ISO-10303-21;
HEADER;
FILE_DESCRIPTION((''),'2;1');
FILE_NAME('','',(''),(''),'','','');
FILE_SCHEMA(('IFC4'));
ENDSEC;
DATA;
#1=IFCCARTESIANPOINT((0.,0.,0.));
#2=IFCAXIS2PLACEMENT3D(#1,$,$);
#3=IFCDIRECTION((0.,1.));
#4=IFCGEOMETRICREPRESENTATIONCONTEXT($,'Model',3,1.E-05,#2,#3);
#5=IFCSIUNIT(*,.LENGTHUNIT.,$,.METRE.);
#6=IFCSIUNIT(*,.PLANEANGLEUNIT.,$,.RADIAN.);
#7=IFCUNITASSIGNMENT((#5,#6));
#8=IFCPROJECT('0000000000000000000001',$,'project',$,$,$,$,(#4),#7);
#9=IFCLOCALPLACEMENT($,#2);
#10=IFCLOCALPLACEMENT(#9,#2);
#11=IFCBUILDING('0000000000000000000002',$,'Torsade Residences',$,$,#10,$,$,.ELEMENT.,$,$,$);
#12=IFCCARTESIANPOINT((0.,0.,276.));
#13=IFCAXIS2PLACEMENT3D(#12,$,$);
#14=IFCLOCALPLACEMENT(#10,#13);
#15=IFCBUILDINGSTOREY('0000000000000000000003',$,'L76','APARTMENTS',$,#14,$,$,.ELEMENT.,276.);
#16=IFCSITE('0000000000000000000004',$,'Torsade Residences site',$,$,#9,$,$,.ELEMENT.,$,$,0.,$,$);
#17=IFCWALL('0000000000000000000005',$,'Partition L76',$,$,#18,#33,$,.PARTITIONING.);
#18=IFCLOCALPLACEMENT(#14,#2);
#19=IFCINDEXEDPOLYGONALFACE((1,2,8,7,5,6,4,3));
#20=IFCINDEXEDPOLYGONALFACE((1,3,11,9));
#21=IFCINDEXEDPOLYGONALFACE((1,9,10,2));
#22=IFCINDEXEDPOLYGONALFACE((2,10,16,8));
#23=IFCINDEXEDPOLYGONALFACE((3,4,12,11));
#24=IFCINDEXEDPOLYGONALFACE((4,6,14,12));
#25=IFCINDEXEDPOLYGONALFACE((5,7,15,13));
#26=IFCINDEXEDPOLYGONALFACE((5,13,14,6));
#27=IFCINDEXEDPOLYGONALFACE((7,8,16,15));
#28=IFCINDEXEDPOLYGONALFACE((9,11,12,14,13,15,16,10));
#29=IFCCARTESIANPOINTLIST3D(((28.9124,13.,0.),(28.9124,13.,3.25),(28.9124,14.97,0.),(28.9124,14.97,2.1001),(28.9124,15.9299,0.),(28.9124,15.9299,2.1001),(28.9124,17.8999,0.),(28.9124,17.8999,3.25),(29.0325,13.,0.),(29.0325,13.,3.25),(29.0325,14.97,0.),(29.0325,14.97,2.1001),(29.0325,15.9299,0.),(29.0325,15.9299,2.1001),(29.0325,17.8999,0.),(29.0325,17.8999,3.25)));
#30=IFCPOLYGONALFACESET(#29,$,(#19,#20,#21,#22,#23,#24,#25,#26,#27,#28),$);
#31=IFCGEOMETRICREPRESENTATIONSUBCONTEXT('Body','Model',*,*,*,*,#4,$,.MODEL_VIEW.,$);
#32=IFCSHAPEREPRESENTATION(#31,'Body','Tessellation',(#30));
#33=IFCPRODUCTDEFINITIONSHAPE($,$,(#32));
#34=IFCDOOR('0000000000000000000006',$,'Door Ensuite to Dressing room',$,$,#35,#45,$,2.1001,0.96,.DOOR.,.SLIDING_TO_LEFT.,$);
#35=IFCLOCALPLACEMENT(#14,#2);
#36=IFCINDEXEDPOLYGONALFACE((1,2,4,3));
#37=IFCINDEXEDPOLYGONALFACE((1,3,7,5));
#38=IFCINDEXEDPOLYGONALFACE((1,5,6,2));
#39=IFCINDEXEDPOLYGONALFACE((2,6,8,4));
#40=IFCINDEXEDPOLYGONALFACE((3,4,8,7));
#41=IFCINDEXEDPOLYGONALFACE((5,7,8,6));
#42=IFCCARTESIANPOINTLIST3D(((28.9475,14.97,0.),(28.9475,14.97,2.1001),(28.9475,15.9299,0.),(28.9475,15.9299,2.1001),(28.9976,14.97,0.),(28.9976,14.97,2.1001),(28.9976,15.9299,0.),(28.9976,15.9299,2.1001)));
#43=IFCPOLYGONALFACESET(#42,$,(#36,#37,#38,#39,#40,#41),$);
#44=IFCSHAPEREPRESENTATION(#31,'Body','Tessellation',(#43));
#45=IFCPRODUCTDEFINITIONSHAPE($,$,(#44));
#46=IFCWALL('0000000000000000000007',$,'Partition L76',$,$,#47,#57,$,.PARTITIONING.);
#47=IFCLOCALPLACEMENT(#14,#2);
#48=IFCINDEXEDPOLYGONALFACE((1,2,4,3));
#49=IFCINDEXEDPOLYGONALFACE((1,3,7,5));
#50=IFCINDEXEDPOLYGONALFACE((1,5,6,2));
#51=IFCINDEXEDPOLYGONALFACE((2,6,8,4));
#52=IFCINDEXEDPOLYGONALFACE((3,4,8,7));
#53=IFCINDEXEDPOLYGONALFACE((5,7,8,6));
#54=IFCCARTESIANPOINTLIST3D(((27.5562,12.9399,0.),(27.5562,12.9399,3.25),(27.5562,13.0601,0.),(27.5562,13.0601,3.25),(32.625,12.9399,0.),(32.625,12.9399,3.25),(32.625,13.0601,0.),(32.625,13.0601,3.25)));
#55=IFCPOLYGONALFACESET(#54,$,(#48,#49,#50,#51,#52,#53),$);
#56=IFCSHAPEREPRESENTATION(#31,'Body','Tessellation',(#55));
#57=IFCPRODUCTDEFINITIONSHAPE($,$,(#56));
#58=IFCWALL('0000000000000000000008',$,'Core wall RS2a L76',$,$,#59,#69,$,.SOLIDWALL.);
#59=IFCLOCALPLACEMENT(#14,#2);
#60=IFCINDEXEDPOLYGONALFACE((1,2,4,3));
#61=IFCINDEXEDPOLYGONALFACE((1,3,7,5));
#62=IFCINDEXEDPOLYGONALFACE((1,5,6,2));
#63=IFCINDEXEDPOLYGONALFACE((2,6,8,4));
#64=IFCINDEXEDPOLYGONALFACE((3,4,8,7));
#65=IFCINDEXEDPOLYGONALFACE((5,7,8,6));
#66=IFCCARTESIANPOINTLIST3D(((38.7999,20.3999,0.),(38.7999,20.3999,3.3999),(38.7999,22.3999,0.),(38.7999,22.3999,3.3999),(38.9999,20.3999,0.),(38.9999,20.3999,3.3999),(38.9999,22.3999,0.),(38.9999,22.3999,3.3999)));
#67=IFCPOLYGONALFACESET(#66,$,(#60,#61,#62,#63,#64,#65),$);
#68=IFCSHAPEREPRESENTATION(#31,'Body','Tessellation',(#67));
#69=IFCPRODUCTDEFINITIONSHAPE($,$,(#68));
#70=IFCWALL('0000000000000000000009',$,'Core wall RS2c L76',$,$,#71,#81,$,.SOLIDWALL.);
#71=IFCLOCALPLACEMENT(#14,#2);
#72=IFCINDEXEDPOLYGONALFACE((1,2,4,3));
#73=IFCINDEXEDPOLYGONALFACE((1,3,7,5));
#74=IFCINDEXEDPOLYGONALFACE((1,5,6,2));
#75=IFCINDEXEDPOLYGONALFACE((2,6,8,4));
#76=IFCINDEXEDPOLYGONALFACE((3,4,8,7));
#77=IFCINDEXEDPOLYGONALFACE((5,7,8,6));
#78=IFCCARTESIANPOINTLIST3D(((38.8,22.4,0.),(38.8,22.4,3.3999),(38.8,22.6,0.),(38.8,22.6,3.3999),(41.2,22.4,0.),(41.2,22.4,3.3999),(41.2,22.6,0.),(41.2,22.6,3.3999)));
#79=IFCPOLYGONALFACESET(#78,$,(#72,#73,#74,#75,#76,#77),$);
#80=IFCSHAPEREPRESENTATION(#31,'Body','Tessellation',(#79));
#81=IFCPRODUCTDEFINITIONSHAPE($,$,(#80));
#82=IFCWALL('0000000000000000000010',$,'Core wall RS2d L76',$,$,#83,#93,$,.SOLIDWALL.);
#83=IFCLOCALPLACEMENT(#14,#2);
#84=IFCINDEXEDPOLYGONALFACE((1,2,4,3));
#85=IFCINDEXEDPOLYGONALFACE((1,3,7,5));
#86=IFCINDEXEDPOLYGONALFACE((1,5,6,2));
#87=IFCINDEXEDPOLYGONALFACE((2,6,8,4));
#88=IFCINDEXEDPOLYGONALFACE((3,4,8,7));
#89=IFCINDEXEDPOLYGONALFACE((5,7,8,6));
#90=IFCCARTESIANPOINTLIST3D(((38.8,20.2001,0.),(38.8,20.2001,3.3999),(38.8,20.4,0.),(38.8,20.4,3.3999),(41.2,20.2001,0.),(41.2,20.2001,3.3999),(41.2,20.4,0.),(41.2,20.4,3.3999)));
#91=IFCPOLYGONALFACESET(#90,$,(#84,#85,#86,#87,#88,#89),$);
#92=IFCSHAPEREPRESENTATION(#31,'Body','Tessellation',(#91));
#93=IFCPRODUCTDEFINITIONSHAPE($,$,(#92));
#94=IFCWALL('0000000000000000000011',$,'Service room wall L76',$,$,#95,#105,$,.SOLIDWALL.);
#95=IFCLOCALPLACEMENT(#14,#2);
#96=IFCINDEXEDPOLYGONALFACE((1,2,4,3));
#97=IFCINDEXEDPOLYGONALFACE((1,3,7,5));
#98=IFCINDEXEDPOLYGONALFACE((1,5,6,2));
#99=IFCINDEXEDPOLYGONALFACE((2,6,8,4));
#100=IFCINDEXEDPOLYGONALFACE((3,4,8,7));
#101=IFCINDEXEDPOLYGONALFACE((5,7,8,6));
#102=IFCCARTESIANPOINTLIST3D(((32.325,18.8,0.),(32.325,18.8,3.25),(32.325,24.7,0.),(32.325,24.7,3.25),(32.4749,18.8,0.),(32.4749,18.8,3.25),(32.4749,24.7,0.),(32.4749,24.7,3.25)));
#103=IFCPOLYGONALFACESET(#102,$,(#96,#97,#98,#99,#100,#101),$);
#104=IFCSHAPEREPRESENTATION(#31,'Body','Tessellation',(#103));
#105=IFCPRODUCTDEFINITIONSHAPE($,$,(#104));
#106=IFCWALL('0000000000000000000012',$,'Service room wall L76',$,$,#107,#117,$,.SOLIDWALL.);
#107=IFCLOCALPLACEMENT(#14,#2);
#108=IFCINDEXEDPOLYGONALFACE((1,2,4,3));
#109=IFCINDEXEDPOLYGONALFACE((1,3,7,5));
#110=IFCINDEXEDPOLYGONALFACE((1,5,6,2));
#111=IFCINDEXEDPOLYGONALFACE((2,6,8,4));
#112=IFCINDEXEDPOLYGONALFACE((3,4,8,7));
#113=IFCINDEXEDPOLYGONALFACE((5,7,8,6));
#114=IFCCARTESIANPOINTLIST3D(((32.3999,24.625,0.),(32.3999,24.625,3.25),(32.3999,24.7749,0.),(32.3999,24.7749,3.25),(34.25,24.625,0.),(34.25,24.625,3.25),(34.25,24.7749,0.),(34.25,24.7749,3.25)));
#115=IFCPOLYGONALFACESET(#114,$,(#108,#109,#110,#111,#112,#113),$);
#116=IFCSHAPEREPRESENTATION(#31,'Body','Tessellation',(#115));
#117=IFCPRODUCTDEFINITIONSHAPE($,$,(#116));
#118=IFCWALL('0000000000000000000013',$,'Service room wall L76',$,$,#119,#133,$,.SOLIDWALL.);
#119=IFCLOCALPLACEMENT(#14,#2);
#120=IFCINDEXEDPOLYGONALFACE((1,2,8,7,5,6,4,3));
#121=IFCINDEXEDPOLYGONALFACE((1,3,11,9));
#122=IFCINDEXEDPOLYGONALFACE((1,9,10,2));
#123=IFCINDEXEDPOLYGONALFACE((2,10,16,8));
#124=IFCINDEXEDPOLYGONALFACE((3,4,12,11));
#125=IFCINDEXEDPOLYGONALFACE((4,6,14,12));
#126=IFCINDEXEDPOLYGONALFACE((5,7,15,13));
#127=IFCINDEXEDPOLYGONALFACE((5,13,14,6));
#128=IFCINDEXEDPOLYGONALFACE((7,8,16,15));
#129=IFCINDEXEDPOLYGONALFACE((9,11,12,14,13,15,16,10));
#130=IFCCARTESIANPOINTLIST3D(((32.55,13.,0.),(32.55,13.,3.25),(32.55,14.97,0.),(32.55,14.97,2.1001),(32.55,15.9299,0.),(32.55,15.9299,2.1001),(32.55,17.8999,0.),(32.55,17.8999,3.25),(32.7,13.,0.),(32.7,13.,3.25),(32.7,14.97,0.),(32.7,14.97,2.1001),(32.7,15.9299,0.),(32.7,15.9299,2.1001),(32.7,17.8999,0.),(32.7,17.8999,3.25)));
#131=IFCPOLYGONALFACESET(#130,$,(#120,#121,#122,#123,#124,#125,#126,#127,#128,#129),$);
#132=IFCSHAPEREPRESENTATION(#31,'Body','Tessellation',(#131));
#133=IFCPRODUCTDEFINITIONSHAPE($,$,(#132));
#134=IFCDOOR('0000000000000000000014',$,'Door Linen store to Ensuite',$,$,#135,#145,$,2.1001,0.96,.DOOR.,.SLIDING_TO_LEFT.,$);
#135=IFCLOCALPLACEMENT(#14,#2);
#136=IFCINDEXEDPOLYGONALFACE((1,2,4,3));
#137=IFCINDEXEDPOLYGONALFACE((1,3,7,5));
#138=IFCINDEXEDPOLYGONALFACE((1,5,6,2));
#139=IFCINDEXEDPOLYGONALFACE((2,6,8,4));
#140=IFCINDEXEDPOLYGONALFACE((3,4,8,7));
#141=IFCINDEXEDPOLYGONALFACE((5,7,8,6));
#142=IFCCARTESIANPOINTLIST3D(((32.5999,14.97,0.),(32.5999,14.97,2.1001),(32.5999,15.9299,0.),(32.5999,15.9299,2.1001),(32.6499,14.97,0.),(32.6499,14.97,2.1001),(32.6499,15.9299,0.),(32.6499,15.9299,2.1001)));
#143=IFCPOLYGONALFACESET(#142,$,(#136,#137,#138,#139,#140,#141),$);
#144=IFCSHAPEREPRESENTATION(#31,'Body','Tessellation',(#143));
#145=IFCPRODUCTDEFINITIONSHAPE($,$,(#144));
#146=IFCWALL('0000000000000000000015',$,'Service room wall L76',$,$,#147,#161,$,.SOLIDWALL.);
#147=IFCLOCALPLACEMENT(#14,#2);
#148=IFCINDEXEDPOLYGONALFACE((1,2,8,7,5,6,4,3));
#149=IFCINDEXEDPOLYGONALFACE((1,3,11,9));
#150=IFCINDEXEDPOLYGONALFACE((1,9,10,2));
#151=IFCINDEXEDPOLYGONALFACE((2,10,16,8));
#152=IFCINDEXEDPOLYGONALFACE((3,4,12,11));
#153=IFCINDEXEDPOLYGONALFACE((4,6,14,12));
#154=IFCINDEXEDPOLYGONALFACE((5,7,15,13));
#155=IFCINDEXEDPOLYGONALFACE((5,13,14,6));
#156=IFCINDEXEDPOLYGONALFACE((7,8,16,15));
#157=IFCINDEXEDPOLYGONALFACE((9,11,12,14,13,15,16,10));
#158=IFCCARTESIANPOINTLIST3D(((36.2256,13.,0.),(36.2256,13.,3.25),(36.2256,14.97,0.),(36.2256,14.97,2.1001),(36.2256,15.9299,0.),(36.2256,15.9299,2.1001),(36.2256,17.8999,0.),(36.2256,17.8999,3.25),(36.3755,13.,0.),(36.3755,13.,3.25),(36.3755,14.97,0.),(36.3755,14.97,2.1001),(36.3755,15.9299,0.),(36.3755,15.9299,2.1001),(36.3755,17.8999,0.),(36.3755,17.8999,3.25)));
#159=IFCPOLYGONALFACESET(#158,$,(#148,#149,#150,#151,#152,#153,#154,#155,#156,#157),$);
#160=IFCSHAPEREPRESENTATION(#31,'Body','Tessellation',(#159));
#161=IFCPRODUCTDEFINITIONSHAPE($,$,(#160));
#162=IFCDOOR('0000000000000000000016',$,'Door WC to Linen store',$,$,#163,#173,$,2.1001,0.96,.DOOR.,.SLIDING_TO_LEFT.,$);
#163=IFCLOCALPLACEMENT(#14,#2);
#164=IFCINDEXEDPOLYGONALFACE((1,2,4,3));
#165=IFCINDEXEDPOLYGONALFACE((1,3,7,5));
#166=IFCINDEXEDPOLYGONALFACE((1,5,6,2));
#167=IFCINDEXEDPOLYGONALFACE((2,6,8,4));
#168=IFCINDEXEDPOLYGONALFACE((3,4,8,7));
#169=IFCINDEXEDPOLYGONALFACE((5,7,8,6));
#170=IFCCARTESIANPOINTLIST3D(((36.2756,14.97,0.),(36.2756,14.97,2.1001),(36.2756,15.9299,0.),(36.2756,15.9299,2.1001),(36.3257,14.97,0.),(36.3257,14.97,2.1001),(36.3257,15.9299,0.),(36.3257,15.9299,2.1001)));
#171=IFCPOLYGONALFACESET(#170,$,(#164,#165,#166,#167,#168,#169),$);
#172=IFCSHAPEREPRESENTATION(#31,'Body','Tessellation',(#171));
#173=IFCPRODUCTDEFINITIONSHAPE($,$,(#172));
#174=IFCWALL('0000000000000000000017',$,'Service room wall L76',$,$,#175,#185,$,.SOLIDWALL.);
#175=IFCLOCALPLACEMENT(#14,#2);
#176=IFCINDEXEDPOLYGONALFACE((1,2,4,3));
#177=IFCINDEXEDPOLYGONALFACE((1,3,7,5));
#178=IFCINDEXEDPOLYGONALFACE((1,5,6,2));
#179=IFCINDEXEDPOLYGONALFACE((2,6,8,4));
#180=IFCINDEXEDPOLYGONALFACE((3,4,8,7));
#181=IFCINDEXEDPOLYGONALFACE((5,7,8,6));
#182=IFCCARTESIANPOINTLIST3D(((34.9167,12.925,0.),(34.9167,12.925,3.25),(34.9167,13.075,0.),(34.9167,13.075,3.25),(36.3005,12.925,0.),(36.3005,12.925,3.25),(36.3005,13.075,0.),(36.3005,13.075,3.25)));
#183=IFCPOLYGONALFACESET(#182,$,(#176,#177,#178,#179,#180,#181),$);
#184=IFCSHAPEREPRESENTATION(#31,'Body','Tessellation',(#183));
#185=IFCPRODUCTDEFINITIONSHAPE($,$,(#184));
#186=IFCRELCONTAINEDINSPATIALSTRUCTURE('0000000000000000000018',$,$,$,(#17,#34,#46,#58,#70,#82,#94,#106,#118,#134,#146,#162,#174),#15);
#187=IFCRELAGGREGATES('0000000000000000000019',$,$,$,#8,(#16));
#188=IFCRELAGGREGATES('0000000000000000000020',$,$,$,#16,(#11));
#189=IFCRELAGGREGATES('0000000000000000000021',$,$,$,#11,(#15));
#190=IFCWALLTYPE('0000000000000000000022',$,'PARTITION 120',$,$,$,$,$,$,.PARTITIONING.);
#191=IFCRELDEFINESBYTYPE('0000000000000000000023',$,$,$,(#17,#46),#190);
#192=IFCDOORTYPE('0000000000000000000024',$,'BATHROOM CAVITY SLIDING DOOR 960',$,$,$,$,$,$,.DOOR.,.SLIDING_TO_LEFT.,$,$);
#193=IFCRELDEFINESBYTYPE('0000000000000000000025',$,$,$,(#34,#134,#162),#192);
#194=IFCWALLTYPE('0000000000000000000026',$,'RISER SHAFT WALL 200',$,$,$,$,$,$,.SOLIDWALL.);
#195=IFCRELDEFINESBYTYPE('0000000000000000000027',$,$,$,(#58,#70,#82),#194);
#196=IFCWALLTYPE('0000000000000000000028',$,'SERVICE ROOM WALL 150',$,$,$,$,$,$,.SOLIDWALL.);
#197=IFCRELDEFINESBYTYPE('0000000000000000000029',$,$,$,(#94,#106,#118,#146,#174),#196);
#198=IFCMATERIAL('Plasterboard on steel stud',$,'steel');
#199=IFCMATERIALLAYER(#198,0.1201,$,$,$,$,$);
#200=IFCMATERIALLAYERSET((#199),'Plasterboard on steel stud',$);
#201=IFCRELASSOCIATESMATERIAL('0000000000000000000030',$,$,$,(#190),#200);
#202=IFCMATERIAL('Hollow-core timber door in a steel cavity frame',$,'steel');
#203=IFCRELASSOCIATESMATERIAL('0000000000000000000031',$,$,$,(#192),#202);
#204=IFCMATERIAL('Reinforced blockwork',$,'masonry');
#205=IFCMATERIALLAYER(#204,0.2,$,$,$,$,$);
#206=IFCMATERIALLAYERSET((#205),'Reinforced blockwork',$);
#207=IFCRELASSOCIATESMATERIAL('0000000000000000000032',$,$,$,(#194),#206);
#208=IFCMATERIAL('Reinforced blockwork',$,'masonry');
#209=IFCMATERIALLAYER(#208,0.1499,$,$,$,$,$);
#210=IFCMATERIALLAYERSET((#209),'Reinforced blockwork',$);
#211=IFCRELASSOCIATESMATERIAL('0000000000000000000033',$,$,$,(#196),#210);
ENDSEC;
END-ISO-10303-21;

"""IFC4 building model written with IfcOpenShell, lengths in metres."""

from ifc_helpers import new_model, si_unit, direction, frame, frame_2d, origin, place, context, subcontext, project, spatial, rectangle, extrude, material, layer, layer_set, type_object, element, fill, save


model = new_model("IFC4")

# Units and contexts
model_context = context("Model", 3, precision=1e-05, world=origin(), true_north=direction((0.0, 1.0)))
body_context = subcontext(model_context, "Body", "Model", "MODEL_VIEW")
ifc_project = project(units=[si_unit("LENGTHUNIT", "METRE"), si_unit("PLANEANGLEUNIT", "RADIAN")], contexts=[model_context])

# Site, building, storey
site_placement = place(None, origin())
site = spatial("IfcSite", under=ifc_project, at=site_placement, Name="Torsade Residences site", CompositionType="ELEMENT", RefElevation=0.0)
building_placement = place(site_placement, origin())
building = spatial("IfcBuilding", under=site, at=building_placement, Name="Torsade Residences", CompositionType="ELEMENT")
storey_placement = place(building_placement, frame((0.0, 0.0, 276.0)))
storey = spatial("IfcBuildingStorey", under=building, at=storey_placement, Name="L76", Description="APARTMENTS", CompositionType="ELEMENT", Elevation=276.0)

# Wall, opening, door
ifc_material_1 = material(Name="Plasterboard on steel stud", Category="steel")
ifc_layer_1 = layer(ifc_material_1, 0.1201)
ifc_layer_set_1 = layer_set([ifc_layer_1], Name="Plasterboard on steel stud")
wall_type_1 = type_object("IfcWallType", Name="PARTITION 120", PredefinedType="PARTITIONING", material=ifc_layer_set_1)
wall_1_placement = place(storey_placement, frame((28.9724, 13.0, 0.0), z_axis=(0.0, 0.0, 1.0), x_axis=(0.0, 1.0, 0.0)))
wall_1 = element("IfcWall", 1, at=wall_1_placement, inside=storey, type_object=wall_type_1, Name="Partition L76", PredefinedType="PARTITIONING", context=body_context, shape_type="SweptSolid", body=[
    extrude(rectangle(XDim=4.8999, YDim=0.1201, at=frame_2d((2.45, 0.0))), origin(), (0.0, 0.0, 1.0), 3.25),
])
opening_1_placement = place(wall_1_placement, frame((1.97, 0.0, 0.0)))
opening_1 = element("IfcOpeningElement", 2, at=opening_1_placement, cuts=wall_1, PredefinedType="OPENING", context=body_context, shape_type="SweptSolid", body=[
    extrude(rectangle(XDim=0.96, YDim=2.1001, at=frame_2d((0.48, 1.05))), frame((0.0, 0.0701, 0.0), z_axis=(0.0, -1.0, 0.0), x_axis=(1.0, 0.0, 0.0)), (0.0, 0.0, 1.0), 0.1401),
])
ifc_material_2 = material(Name="Hollow-core timber door in a steel cavity frame", Category="steel")
door_type = type_object("IfcDoorType", Name="BATHROOM CAVITY SLIDING DOOR 960", OperationType="SLIDING_TO_LEFT", PredefinedType="DOOR", material=ifc_material_2)
door_1_placement = place(opening_1_placement, origin())
door_1 = element("IfcDoor", 3, at=door_1_placement, inside=storey, type_object=door_type, Name="Door Ensuite to Dressing room", OperationType="SLIDING_TO_LEFT", OverallHeight=2.1001, OverallWidth=0.96, PredefinedType="DOOR", context=body_context, shape_type="SweptSolid", body=[
    extrude(rectangle(XDim=0.96, YDim=2.1001, at=frame_2d((0.48, 1.05))), frame((0.0, 0.0249, 0.0), z_axis=(0.0, -1.0, 0.0), x_axis=(1.0, 0.0, 0.0)), (0.0, 0.0, 1.0), 0.05),
])
fill(opening_1, door_1)

# Walls
wall_2_placement = place(storey_placement, frame((32.625, 13.0, 0.0), z_axis=(0.0, 0.0, 1.0), x_axis=(-1.0, 0.0, 0.0)))
element("IfcWall", 4, at=wall_2_placement, inside=storey, type_object=wall_type_1, Name="Partition L76", PredefinedType="PARTITIONING", context=body_context, shape_type="SweptSolid", body=[
    extrude(rectangle(XDim=5.0688, YDim=0.1201, at=frame_2d((2.5344, 0.0))), origin(), (0.0, 0.0, 1.0), 3.25),
])
ifc_material_3 = material(Name="Reinforced blockwork", Category="masonry")
ifc_layer_2 = layer(ifc_material_3, 0.2)
ifc_layer_set_2 = layer_set([ifc_layer_2], Name="Reinforced blockwork")
wall_type_2 = type_object("IfcWallType", Name="RISER SHAFT WALL 200", PredefinedType="SOLIDWALL", material=ifc_layer_set_2)
wall_3_placement = place(storey_placement, frame((38.8999, 22.3999, 0.0), z_axis=(0.0, 0.0, 1.0), x_axis=(0.0, -1.0, 0.0)))
element("IfcWall", 5, at=wall_3_placement, inside=storey, type_object=wall_type_2, Name="Core wall RS2a L76", PredefinedType="SOLIDWALL", context=body_context, shape_type="SweptSolid", body=[
    extrude(rectangle(XDim=2.0, YDim=0.2, at=frame_2d((1.0, 0.0))), origin(), (0.0, 0.0, 1.0), 3.3999),
])
for number, where, z_axis, x_axis, name in (
    (6, (38.8, 22.5, 0.0), (0.0, 0.0, 1.0), (1.0, 0.0, 0.0), "Core wall RS2c L76"),
    (7, (38.8, 20.3, 0.0), (0.0, 0.0, 1.0), (1.0, 0.0, 0.0), "Core wall RS2d L76"),
):
    element("IfcWall", number, at=place(storey_placement, frame(where, z_axis=z_axis, x_axis=x_axis)), inside=storey, type_object=wall_type_2, Name=name, PredefinedType="SOLIDWALL", context=body_context, shape_type="SweptSolid", body=[
        extrude(rectangle(XDim=2.3999, YDim=0.2, at=frame_2d((1.2, 0.0))), origin(), (0.0, 0.0, 1.0), 3.3999),
    ])
ifc_material_4 = material(Name="Reinforced blockwork", Category="masonry")
ifc_layer_3 = layer(ifc_material_4, 0.1499)
ifc_layer_set_3 = layer_set([ifc_layer_3], Name="Reinforced blockwork")
wall_type_3 = type_object("IfcWallType", Name="SERVICE ROOM WALL 150", PredefinedType="SOLIDWALL", material=ifc_layer_set_3)
wall_4_placement = place(storey_placement, frame((32.3999, 18.8, 0.0), z_axis=(0.0, 0.0, 1.0), x_axis=(0.0, 1.0, 0.0)))
element("IfcWall", 8, at=wall_4_placement, inside=storey, type_object=wall_type_3, Name="Service room wall L76", PredefinedType="SOLIDWALL", context=body_context, shape_type="SweptSolid", body=[
    extrude(rectangle(XDim=5.8999, YDim=0.1499, at=frame_2d((2.95, 0.0))), origin(), (0.0, 0.0, 1.0), 3.25),
])
wall_5_placement = place(storey_placement, frame((32.3999, 24.7, 0.0), z_axis=(0.0, 0.0, 1.0), x_axis=(1.0, 0.0, 0.0)))
element("IfcWall", 9, at=wall_5_placement, inside=storey, type_object=wall_type_3, Name="Service room wall L76", PredefinedType="SOLIDWALL", context=body_context, shape_type="SweptSolid", body=[
    extrude(rectangle(XDim=1.8501, YDim=0.1499, at=frame_2d((0.925, 0.0))), origin(), (0.0, 0.0, 1.0), 3.25),
])

# Walls, openings, doors
wall_6_placement = place(storey_placement, frame((32.625, 17.8999, 0.0), z_axis=(0.0, 0.0, 1.0), x_axis=(0.0, -1.0, 0.0)))
wall_6 = element("IfcWall", 10, at=wall_6_placement, inside=storey, type_object=wall_type_3, Name="Service room wall L76", PredefinedType="SOLIDWALL", context=body_context, shape_type="SweptSolid", body=[
    extrude(rectangle(XDim=4.8999, YDim=0.1499, at=frame_2d((2.45, 0.0))), origin(), (0.0, 0.0, 1.0), 3.25),
])
opening_2_placement = place(wall_6_placement, frame((1.97, 0.0, 0.0)))
opening_2 = element("IfcOpeningElement", 11, at=opening_2_placement, cuts=wall_6, PredefinedType="OPENING", context=body_context, shape_type="SweptSolid", body=[
    extrude(rectangle(XDim=0.96, YDim=2.1001, at=frame_2d((0.48, 1.05))), frame((0.0, 0.085, 0.0), z_axis=(0.0, -1.0, 0.0), x_axis=(1.0, 0.0, 0.0)), (0.0, 0.0, 1.0), 0.1699),
])
door_2_placement = place(opening_2_placement, origin())
door_2 = element("IfcDoor", 12, at=door_2_placement, inside=storey, type_object=door_type, Name="Door Linen store to Ensuite", OperationType="SLIDING_TO_LEFT", OverallHeight=2.1001, OverallWidth=0.96, PredefinedType="DOOR", context=body_context, shape_type="SweptSolid", body=[
    extrude(rectangle(XDim=0.96, YDim=2.1001, at=frame_2d((0.48, 1.05))), frame((0.0, 0.0249, 0.0), z_axis=(0.0, -1.0, 0.0), x_axis=(1.0, 0.0, 0.0)), (0.0, 0.0, 1.0), 0.05),
])
fill(opening_2, door_2)
wall_7_placement = place(storey_placement, frame((36.3005, 13.0, 0.0), z_axis=(0.0, 0.0, 1.0), x_axis=(0.0, 1.0, 0.0)))
wall_7 = element("IfcWall", 13, at=wall_7_placement, inside=storey, type_object=wall_type_3, Name="Service room wall L76", PredefinedType="SOLIDWALL", context=body_context, shape_type="SweptSolid", body=[
    extrude(rectangle(XDim=4.8999, YDim=0.1499, at=frame_2d((2.45, 0.0))), origin(), (0.0, 0.0, 1.0), 3.25),
])
opening_3_placement = place(wall_7_placement, frame((1.97, 0.0, 0.0)))
opening_3 = element("IfcOpeningElement", 14, at=opening_3_placement, cuts=wall_7, PredefinedType="OPENING", context=body_context, shape_type="SweptSolid", body=[
    extrude(rectangle(XDim=0.96, YDim=2.1001, at=frame_2d((0.48, 1.05))), frame((0.0, 0.085, 0.0), z_axis=(0.0, -1.0, 0.0), x_axis=(1.0, 0.0, 0.0)), (0.0, 0.0, 1.0), 0.1699),
])
door_3_placement = place(opening_3_placement, origin())
door_3 = element("IfcDoor", 15, at=door_3_placement, inside=storey, type_object=door_type, Name="Door WC to Linen store", OperationType="SLIDING_TO_LEFT", OverallHeight=2.1001, OverallWidth=0.96, PredefinedType="DOOR", context=body_context, shape_type="SweptSolid", body=[
    extrude(rectangle(XDim=0.96, YDim=2.1001, at=frame_2d((0.48, 1.05))), frame((0.0, 0.0249, 0.0), z_axis=(0.0, -1.0, 0.0), x_axis=(1.0, 0.0, 0.0)), (0.0, 0.0, 1.0), 0.05),
])
fill(opening_3, door_3)

# Wall
wall_8_placement = place(storey_placement, frame((36.3005, 13.0, 0.0), z_axis=(0.0, 0.0, 1.0), x_axis=(-1.0, 0.0, 0.0)))
element("IfcWall", 16, at=wall_8_placement, inside=storey, type_object=wall_type_3, Name="Service room wall L76", PredefinedType="SOLIDWALL", context=body_context, shape_type="SweptSolid", body=[
    extrude(rectangle(XDim=1.3838, YDim=0.1499, at=frame_2d((0.6919, 0.0))), origin(), (0.0, 0.0, 1.0), 3.25),
])

save(model, "model.ifc")
